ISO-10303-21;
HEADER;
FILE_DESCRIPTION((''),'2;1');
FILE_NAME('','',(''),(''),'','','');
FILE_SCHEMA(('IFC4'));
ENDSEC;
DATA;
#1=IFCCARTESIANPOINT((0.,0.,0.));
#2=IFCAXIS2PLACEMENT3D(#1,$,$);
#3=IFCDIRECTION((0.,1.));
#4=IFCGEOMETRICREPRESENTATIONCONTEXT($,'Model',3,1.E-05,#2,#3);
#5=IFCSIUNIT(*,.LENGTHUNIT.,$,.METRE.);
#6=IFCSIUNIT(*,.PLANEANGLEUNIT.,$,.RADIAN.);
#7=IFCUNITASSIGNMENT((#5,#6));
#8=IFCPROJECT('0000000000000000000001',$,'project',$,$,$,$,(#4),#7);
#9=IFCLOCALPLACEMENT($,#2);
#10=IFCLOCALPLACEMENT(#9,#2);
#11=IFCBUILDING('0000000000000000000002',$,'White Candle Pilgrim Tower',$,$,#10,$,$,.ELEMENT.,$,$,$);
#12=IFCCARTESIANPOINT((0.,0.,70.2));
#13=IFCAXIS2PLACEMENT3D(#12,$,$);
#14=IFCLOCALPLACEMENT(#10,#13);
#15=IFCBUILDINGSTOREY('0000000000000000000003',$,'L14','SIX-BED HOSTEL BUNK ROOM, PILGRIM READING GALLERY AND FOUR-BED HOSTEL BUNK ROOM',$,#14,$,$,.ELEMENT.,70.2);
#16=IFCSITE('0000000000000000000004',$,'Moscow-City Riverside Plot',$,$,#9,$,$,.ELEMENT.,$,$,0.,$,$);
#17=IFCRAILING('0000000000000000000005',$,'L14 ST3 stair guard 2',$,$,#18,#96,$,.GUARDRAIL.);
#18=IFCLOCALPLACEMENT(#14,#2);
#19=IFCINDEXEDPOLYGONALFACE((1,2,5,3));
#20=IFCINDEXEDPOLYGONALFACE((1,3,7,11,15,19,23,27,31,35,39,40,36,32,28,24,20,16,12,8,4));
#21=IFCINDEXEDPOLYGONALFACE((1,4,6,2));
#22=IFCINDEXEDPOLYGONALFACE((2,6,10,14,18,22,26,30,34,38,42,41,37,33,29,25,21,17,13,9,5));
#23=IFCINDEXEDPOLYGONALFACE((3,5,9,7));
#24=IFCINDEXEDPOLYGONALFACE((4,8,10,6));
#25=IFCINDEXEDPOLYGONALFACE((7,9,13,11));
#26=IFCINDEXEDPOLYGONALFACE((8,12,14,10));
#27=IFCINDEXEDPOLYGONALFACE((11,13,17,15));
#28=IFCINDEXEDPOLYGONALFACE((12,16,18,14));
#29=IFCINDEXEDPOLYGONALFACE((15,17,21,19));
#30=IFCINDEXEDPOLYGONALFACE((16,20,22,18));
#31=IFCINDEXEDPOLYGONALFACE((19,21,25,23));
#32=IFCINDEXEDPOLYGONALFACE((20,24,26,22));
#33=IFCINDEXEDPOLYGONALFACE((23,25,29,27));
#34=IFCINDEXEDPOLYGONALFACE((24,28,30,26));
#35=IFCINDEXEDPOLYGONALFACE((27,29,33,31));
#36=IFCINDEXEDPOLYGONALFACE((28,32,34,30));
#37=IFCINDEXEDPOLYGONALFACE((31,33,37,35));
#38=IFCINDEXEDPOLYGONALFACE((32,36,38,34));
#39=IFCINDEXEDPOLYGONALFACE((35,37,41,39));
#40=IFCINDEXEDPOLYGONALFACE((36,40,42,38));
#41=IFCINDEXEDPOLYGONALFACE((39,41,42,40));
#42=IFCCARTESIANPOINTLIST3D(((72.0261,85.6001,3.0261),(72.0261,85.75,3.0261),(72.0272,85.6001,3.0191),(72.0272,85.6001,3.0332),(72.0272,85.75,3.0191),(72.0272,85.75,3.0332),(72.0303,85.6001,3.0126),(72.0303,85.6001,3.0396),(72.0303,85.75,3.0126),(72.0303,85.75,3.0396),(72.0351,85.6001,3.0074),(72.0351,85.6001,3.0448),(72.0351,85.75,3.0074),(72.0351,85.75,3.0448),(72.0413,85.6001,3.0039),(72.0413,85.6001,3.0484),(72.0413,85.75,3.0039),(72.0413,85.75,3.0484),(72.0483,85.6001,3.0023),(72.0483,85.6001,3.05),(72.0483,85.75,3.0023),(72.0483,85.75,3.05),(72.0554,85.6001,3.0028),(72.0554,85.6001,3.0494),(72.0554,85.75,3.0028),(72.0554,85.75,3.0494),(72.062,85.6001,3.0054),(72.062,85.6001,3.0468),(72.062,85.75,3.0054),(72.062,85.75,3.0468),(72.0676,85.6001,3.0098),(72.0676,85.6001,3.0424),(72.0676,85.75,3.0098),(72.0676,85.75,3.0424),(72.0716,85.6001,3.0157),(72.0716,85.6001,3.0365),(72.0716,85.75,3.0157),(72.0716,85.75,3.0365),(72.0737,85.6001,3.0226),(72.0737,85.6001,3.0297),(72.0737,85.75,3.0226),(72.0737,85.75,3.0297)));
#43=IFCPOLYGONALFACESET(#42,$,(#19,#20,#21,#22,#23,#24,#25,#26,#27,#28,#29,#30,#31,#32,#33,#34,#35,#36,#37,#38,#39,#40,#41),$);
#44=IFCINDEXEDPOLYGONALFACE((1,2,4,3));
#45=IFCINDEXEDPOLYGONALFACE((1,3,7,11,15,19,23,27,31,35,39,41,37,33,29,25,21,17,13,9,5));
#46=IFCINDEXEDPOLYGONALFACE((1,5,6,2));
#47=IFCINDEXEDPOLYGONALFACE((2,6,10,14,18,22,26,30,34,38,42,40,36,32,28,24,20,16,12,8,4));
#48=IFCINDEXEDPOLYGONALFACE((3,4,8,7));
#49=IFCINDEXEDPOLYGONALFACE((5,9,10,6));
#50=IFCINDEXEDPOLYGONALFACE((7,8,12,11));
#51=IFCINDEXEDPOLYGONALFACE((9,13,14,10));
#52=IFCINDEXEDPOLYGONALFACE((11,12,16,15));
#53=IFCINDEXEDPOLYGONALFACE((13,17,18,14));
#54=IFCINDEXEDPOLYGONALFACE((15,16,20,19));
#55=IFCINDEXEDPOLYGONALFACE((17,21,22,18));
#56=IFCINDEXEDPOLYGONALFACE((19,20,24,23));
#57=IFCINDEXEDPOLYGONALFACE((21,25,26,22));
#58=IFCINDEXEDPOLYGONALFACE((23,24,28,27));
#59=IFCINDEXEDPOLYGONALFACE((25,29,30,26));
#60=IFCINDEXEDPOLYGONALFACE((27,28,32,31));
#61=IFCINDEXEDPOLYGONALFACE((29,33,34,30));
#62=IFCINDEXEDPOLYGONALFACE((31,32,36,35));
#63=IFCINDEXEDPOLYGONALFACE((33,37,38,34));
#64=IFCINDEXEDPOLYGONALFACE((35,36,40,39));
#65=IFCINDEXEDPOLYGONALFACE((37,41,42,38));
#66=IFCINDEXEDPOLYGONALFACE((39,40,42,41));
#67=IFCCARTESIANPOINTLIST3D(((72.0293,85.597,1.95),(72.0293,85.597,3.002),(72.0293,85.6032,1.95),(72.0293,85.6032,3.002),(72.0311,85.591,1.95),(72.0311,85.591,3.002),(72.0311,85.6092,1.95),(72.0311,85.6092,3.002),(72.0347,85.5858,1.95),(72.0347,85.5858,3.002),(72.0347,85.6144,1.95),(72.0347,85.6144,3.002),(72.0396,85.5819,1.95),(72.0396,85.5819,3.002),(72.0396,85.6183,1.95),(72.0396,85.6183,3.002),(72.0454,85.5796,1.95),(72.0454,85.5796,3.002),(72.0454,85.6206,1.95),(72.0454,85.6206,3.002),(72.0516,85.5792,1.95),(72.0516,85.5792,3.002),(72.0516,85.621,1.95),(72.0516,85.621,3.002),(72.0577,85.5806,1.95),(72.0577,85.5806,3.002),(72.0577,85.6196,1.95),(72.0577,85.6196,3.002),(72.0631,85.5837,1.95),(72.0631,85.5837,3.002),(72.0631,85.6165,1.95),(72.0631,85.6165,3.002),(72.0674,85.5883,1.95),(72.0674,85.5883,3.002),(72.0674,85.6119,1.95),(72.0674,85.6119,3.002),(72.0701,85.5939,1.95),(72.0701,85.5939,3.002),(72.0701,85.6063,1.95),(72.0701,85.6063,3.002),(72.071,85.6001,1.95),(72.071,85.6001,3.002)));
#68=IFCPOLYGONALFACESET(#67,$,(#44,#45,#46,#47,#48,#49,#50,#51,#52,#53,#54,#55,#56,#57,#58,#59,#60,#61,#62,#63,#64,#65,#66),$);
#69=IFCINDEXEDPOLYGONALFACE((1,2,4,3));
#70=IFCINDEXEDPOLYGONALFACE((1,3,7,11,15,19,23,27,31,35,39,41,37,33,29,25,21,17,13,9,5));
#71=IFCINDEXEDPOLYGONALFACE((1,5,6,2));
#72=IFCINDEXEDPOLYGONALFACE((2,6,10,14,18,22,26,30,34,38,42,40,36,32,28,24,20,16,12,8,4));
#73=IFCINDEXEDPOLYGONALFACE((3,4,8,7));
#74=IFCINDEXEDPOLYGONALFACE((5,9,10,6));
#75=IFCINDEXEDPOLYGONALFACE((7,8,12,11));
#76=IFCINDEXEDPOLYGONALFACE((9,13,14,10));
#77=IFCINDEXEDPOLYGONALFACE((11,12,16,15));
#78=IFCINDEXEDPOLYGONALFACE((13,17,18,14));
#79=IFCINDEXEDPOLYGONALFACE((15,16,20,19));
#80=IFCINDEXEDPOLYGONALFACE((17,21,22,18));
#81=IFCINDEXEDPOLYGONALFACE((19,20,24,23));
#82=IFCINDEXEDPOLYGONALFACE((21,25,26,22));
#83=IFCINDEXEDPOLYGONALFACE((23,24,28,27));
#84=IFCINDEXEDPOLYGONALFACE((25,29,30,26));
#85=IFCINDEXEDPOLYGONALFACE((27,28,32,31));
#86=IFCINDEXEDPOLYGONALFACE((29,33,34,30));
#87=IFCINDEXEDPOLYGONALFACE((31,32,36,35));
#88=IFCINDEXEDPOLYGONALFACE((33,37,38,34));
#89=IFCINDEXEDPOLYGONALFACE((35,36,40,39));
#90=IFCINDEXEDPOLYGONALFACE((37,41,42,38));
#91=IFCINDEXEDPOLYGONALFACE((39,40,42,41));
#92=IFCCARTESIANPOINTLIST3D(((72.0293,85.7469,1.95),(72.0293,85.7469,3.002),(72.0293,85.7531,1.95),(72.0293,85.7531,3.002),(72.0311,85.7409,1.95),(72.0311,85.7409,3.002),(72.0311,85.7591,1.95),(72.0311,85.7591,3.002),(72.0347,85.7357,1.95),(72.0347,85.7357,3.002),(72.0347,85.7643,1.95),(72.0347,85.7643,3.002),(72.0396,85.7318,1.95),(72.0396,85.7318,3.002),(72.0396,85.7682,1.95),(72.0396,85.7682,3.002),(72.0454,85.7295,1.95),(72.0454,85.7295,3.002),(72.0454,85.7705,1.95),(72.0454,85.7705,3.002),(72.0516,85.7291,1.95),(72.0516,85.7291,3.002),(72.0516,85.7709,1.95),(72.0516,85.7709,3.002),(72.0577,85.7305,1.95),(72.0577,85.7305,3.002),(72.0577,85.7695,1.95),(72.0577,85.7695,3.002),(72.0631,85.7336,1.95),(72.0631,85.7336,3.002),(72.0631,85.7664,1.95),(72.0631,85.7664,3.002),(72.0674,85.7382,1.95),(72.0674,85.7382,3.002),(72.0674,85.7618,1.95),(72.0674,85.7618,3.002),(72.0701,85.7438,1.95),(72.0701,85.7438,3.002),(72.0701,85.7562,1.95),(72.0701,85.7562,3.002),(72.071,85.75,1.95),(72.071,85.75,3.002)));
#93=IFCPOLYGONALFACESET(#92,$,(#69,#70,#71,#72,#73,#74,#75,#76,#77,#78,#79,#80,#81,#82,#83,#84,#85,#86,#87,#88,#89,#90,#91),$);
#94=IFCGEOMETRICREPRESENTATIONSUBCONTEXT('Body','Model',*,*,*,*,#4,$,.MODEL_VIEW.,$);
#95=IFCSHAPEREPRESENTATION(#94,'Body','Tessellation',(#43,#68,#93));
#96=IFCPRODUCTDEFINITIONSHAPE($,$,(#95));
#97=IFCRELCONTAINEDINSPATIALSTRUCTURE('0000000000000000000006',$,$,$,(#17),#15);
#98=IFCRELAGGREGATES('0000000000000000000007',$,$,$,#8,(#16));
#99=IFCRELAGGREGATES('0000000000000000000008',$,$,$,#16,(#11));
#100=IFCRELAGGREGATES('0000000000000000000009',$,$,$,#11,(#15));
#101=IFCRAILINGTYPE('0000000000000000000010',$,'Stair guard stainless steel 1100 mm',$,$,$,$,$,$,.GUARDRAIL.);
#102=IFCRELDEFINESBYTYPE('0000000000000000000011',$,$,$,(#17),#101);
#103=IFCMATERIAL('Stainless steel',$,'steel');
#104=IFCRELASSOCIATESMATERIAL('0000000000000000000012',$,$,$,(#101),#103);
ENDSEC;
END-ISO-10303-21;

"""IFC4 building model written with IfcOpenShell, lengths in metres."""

from ifc_helpers import new_model, si_unit, direction, frame, origin, origin_2d, place, context, subcontext, project, spatial, circle, extrude, material, type_object, element, save


model = new_model("IFC4")

# Units and contexts
model_context = context("Model", 3, precision=1e-05, world=origin(), true_north=direction((0.0, 1.0)))
body_context = subcontext(model_context, "Body", "Model", "MODEL_VIEW")
ifc_project = project(units=[si_unit("LENGTHUNIT", "METRE"), si_unit("PLANEANGLEUNIT", "RADIAN")], contexts=[model_context])

# Site, building, storey
site_placement = place(None, origin())
site = spatial("IfcSite", under=ifc_project, at=site_placement, Name="Moscow-City Riverside Plot", CompositionType="ELEMENT", RefElevation=0.0)
building_placement = place(site_placement, origin())
building = spatial("IfcBuilding", under=site, at=building_placement, Name="White Candle Pilgrim Tower", CompositionType="ELEMENT")
storey_placement = place(building_placement, frame((0.0, 0.0, 70.2)))
storey = spatial("IfcBuildingStorey", under=building, at=storey_placement, Name="L14", Description="SIX-BED HOSTEL BUNK ROOM, PILGRIM READING GALLERY AND FOUR-BED HOSTEL BUNK ROOM", CompositionType="ELEMENT", Elevation=70.2)

# Railing
ifc_material_1 = material(Name="Stainless steel", Category="steel")
railing_type_1 = type_object("IfcRailingType", Name="Stair guard stainless steel 1100 mm", PredefinedType="GUARDRAIL", material=ifc_material_1)
railing_1_placement = place(storey_placement, frame((72.05, 85.6001, 1.95)))
element("IfcRailing", 1, at=railing_1_placement, inside=storey, type_object=railing_type_1, Name="L14 ST3 stair guard 2", PredefinedType="GUARDRAIL", context=body_context, shape_type="SweptSolid", body=[
    extrude(circle(Radius=0.0239, at=origin_2d()), frame((0.0, 0.0, 1.0762), z_axis=(0.0, 1.0, 0.0), x_axis=(-1.0, 0.0, 0.0)), (0.0, 0.0, 1.0), 0.1499),
    extrude(circle(Radius=0.021, at=origin_2d()), origin(), (0.0, 0.0, 1.0), 1.052),
    extrude(circle(Radius=0.021, at=origin_2d()), frame((0.0, 0.1499, 0.0)), (0.0, 0.0, 1.0), 1.052),
])

save(model, "model.ifc")
